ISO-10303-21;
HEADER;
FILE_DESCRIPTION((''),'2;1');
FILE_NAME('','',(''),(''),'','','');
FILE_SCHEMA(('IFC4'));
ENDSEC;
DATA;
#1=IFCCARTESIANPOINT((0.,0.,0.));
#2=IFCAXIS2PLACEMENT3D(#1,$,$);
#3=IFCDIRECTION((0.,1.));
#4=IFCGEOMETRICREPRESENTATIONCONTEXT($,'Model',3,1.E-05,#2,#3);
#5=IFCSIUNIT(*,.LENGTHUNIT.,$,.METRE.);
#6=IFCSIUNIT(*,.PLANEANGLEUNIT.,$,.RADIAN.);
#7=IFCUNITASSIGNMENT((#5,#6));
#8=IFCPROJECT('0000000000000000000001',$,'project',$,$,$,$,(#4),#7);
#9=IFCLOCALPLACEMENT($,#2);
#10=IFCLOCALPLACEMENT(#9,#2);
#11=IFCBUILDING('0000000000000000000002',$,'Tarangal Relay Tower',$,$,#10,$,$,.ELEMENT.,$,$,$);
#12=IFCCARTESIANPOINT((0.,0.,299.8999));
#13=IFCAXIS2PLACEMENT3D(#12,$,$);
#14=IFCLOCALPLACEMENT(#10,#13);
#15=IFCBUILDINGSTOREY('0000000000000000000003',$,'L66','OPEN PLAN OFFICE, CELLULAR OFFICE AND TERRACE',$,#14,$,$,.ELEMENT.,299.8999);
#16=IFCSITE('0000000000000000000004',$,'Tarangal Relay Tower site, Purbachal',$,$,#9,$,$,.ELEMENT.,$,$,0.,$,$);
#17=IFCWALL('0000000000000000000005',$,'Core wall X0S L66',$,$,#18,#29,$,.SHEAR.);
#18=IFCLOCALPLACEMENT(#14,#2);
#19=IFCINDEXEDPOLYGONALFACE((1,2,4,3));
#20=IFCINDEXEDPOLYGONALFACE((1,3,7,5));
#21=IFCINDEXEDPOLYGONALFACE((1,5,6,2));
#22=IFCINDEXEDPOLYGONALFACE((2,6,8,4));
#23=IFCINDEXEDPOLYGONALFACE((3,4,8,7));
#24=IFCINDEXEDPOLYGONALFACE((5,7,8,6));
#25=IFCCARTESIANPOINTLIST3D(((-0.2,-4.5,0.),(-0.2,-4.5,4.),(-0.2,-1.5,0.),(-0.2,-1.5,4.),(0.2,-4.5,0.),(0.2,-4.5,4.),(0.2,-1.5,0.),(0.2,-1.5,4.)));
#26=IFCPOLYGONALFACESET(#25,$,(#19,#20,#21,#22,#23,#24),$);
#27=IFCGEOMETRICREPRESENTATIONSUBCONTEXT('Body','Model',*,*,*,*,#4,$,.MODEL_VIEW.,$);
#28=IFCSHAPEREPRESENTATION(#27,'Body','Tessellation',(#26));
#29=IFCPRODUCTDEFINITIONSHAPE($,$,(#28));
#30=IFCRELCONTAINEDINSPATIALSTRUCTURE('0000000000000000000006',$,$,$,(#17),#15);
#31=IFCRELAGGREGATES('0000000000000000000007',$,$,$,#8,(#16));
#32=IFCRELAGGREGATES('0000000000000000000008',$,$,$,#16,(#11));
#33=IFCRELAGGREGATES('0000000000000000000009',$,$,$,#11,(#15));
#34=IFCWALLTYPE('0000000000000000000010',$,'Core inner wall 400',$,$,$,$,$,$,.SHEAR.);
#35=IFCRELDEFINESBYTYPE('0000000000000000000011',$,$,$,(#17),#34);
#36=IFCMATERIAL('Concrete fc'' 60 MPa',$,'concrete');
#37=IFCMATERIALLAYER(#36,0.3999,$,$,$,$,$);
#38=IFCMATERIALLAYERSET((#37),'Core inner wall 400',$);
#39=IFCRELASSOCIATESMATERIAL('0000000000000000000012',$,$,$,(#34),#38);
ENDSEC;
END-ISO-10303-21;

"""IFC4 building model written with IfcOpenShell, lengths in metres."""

from ifc_helpers import new_model, si_unit, direction, frame, frame_2d, origin, place, context, subcontext, project, spatial, rectangle, extrude, material, layer, layer_set, type_object, element, save


model = new_model("IFC4")

# Units and contexts
model_context = context("Model", 3, precision=1e-05, world=origin(), true_north=direction((0.0, 1.0)))
body_context = subcontext(model_context, "Body", "Model", "MODEL_VIEW")
ifc_project = project(units=[si_unit("LENGTHUNIT", "METRE"), si_unit("PLANEANGLEUNIT", "RADIAN")], contexts=[model_context])

# Site, building, storey
site_placement = place(None, origin())
site = spatial("IfcSite", under=ifc_project, at=site_placement, Name="Tarangal Relay Tower site, Purbachal", CompositionType="ELEMENT", RefElevation=0.0)
building_placement = place(site_placement, origin())
building = spatial("IfcBuilding", under=site, at=building_placement, Name="Tarangal Relay Tower", CompositionType="ELEMENT")
storey_placement = place(building_placement, frame((0.0, 0.0, 299.8999)))
storey = spatial("IfcBuildingStorey", under=building, at=storey_placement, Name="L66", Description="OPEN PLAN OFFICE, CELLULAR OFFICE AND TERRACE", CompositionType="ELEMENT", Elevation=299.8999)

# Shared definitions
ifc_material_1 = material(Name="Concrete fc' 60 MPa", Category="concrete")
ifc_layer_1 = layer(ifc_material_1, 0.3999)
ifc_layer_set_1 = layer_set([ifc_layer_1], Name="Core inner wall 400")
wall_type_1 = type_object("IfcWallType", Name="Core inner wall 400", PredefinedType="SHEAR", material=ifc_layer_set_1)

# Wall
for number, where, z_axis, x_axis, name in (
    (1, (0.0, -4.5, 0.0), (0.0, 0.0, 1.0), (0.0, 1.0, 0.0), "Core wall X0S L66"),
):
    element("IfcWall", number, at=place(storey_placement, frame(where, z_axis=z_axis, x_axis=x_axis)), inside=storey, type_object=wall_type_1, Name=name, PredefinedType="SHEAR", context=body_context, shape_type="SweptSolid", body=[
        extrude(rectangle(XDim=3.0, YDim=0.3999, at=frame_2d((1.5, 0.0))), origin(), (0.0, 0.0, 1.0), 4.0),
    ])

save(model, "model.ifc")
